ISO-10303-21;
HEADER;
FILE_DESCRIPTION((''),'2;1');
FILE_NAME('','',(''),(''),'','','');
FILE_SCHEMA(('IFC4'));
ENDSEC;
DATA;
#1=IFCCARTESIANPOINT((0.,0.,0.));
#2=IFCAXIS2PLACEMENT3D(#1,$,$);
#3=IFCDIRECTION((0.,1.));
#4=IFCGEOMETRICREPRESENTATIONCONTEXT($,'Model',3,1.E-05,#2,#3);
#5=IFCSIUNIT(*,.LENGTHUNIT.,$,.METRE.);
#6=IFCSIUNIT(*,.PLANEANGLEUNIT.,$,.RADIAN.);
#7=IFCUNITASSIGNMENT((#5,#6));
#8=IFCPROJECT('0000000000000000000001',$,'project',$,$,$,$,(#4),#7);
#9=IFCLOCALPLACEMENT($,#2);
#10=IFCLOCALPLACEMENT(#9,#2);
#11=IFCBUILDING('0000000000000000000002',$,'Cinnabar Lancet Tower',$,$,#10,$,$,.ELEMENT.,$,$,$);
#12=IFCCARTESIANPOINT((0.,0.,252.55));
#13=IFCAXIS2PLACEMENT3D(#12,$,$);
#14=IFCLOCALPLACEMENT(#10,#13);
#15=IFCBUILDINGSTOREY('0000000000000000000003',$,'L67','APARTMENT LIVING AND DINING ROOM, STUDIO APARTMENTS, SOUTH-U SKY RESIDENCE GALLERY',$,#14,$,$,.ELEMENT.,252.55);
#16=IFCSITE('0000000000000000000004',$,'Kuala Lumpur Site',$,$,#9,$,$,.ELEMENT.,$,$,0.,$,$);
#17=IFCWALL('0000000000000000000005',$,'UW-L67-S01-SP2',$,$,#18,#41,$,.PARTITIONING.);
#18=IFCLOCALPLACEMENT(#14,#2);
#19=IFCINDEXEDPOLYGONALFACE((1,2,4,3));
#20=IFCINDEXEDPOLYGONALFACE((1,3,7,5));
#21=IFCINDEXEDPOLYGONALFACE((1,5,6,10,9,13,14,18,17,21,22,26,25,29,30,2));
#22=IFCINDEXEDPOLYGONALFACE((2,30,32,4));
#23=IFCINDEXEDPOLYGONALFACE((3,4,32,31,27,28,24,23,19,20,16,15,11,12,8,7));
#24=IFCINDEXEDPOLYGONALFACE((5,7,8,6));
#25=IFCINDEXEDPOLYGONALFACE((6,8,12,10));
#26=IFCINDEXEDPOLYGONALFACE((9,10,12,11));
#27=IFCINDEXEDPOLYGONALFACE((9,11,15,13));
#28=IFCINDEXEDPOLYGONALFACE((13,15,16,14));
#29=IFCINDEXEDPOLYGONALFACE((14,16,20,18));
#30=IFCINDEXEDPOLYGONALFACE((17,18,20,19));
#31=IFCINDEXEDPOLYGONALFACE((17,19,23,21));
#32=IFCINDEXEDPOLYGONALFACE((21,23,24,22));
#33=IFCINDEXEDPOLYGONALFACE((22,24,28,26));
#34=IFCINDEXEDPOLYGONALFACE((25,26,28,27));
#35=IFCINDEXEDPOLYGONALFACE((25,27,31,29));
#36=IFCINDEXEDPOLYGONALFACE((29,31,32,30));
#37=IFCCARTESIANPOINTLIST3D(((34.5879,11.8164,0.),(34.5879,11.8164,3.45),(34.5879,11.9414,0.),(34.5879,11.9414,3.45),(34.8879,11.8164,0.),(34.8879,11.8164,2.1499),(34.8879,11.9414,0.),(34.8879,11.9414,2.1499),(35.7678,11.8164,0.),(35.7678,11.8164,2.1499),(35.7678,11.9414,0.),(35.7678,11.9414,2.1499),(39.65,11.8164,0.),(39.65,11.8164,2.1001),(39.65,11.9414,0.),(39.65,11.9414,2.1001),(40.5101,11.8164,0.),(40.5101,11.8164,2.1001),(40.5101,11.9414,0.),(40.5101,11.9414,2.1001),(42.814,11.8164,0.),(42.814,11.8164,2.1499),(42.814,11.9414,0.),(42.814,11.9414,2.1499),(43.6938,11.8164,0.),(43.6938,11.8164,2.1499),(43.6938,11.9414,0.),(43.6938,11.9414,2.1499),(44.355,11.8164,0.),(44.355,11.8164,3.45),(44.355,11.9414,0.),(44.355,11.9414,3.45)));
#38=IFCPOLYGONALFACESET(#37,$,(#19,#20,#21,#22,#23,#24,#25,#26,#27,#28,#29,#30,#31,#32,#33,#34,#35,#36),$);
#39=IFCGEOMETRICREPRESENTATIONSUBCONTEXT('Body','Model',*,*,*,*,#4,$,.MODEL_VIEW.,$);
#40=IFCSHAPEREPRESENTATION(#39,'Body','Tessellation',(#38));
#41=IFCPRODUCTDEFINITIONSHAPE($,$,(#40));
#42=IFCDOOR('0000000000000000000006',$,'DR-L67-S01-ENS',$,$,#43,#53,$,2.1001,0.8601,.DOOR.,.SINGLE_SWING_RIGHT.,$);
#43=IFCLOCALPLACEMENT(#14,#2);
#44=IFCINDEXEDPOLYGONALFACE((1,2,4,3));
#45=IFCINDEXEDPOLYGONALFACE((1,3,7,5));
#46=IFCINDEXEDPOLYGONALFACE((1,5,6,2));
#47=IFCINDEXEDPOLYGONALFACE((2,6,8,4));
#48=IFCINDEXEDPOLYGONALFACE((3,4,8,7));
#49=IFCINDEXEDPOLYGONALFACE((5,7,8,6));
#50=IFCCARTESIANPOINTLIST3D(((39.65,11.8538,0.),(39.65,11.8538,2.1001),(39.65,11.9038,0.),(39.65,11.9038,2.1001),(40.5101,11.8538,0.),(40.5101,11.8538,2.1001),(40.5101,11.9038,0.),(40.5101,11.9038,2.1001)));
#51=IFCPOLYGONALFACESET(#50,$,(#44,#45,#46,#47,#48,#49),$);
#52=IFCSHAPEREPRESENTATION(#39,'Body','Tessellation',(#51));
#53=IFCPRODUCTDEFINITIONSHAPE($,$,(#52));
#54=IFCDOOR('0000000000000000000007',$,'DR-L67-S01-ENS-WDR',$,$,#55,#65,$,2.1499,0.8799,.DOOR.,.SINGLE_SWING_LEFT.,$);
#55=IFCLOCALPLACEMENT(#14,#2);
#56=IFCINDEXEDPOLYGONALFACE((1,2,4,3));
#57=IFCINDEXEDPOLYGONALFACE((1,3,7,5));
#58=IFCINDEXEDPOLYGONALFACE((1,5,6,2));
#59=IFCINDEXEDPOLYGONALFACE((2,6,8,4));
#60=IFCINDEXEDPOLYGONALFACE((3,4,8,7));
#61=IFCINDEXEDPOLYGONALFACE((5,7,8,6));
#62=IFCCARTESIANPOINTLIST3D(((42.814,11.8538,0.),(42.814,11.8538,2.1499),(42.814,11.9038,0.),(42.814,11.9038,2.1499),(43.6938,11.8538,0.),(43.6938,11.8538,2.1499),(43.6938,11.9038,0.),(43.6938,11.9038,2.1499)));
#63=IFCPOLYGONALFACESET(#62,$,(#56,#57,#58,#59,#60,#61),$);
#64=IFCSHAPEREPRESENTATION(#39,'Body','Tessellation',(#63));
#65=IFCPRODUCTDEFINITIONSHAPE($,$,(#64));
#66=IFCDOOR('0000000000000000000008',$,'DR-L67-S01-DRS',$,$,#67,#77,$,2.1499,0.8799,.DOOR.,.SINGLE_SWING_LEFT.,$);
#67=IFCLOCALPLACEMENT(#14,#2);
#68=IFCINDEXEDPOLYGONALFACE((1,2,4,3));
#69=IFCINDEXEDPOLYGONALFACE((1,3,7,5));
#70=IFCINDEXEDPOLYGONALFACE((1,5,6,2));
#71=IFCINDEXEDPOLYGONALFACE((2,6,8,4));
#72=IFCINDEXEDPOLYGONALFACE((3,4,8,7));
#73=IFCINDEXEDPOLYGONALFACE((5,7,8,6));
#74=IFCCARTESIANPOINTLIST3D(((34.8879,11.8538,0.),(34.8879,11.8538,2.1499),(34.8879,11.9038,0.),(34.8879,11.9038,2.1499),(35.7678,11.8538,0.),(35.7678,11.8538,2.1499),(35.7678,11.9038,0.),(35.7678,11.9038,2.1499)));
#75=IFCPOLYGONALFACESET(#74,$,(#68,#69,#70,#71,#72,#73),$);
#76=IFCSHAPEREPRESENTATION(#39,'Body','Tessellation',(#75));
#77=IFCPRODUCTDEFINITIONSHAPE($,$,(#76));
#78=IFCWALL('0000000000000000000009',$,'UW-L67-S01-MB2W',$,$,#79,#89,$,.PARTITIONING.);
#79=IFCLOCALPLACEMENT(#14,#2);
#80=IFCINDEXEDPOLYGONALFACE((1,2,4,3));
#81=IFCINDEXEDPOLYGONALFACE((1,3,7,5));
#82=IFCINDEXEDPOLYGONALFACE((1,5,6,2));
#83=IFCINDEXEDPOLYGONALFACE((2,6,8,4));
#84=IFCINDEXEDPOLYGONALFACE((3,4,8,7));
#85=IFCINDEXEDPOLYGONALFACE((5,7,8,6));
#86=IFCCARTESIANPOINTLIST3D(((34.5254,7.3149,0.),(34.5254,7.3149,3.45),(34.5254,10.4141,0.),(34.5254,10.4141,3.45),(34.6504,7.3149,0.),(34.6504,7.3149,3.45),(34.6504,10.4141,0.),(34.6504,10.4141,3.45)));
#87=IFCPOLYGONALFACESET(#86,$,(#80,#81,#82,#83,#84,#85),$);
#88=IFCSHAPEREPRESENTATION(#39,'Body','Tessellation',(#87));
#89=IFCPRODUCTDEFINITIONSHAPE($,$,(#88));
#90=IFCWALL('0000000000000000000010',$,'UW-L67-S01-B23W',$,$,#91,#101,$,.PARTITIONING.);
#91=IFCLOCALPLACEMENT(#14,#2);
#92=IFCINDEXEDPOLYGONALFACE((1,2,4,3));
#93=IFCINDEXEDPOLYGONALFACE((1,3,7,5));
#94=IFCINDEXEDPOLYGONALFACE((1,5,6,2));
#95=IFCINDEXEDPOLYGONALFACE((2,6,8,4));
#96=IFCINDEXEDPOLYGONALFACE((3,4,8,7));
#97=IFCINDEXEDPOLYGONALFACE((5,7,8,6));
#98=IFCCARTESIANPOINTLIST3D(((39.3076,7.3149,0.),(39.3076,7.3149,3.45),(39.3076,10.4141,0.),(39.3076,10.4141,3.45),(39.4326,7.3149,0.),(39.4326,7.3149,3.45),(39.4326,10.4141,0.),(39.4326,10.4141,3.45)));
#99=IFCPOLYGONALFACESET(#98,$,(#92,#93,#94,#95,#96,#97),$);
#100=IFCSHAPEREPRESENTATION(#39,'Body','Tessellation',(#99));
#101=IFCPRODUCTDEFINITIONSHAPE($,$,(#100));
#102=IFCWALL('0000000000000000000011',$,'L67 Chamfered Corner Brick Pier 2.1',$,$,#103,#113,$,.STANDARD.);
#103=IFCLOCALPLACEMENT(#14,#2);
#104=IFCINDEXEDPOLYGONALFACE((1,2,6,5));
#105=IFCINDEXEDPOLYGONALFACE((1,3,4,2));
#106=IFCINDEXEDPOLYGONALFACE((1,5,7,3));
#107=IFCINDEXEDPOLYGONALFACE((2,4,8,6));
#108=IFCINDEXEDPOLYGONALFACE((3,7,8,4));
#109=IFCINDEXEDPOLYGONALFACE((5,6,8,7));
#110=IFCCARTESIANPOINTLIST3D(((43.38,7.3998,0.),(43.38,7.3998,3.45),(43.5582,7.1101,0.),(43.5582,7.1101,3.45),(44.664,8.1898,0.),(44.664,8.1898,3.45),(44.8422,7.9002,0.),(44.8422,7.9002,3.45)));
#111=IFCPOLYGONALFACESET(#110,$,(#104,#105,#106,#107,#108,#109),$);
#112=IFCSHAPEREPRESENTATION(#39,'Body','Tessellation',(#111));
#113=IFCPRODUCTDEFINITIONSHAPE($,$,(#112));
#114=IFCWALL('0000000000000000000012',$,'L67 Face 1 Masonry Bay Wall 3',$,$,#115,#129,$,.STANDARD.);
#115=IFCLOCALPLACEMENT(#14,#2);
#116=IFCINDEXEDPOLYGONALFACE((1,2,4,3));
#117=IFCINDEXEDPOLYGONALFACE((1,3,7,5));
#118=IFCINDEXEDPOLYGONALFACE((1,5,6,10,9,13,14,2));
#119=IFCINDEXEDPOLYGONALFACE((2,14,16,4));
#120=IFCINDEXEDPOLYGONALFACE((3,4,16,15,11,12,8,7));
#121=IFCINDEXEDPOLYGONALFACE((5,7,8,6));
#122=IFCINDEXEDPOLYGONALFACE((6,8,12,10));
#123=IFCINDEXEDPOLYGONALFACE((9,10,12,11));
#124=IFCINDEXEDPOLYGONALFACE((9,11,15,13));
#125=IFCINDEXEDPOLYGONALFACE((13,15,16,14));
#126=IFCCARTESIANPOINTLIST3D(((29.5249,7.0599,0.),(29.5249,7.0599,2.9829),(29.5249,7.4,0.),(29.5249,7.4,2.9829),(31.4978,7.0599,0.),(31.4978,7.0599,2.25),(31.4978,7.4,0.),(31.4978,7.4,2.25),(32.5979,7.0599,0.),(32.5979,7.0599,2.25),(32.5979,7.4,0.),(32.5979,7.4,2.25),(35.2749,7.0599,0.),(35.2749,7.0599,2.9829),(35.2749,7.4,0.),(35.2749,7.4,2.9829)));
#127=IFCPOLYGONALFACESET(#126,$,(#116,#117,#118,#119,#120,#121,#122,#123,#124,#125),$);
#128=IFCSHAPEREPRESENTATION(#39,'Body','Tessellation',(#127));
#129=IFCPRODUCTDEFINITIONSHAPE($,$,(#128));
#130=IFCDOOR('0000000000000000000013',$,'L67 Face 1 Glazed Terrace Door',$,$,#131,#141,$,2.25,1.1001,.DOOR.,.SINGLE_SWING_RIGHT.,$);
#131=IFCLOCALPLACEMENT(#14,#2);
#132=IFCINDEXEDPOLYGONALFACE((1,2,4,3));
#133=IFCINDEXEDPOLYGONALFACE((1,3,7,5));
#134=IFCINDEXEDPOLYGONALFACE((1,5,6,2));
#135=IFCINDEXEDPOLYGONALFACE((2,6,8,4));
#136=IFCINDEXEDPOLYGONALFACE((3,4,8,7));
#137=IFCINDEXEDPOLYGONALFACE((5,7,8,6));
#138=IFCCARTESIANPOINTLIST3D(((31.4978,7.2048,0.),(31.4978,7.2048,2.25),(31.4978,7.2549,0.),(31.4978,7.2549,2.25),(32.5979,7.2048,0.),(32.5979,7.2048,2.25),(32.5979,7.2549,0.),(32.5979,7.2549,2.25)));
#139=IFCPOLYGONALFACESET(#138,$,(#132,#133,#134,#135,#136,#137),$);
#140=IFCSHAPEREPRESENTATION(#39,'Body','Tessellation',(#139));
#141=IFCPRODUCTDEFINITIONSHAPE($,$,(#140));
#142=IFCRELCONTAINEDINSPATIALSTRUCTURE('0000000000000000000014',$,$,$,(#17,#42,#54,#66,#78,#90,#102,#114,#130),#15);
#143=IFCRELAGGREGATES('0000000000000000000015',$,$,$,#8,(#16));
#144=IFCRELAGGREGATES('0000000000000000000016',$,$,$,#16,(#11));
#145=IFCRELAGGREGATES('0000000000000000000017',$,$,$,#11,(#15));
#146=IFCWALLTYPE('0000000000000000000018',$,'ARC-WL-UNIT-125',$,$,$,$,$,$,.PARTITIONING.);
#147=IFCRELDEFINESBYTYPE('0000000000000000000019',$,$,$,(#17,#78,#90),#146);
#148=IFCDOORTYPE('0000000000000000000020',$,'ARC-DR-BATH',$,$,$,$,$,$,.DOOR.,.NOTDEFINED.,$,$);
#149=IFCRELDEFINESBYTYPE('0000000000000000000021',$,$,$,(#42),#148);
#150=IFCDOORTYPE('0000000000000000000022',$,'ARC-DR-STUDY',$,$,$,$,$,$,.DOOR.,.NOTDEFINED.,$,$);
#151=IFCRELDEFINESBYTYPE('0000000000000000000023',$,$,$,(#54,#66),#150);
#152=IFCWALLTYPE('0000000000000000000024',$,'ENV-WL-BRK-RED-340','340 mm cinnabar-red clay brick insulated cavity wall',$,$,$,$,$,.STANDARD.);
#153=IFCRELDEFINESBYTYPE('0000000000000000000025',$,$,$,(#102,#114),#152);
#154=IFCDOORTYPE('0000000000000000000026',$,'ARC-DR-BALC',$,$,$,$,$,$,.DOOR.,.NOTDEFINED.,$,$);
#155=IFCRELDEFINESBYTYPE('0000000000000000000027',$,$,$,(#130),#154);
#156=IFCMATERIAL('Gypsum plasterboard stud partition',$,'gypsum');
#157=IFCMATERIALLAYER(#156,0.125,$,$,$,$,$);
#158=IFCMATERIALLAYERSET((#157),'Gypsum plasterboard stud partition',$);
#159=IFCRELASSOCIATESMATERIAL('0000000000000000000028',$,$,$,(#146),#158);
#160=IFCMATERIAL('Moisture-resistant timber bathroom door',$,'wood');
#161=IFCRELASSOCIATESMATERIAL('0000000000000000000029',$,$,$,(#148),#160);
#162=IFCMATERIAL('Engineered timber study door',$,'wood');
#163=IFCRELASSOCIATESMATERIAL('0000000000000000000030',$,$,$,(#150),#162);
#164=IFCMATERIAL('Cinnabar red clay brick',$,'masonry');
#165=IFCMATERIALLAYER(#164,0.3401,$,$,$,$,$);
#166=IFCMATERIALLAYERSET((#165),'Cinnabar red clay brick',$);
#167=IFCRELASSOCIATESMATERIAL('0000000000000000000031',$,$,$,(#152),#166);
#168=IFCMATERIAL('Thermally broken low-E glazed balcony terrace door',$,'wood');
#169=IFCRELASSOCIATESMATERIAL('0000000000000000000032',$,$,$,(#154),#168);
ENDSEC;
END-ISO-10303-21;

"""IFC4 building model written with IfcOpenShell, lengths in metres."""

from ifc_helpers import new_model, si_unit, direction, frame, frame_2d, origin, place, context, subcontext, project, spatial, rectangle, extrude, material, layer, layer_set, type_object, element, fill, save


model = new_model("IFC4")

# Units and contexts
model_context = context("Model", 3, precision=1e-05, world=origin(), true_north=direction((0.0, 1.0)))
body_context = subcontext(model_context, "Body", "Model", "MODEL_VIEW")
ifc_project = project(units=[si_unit("LENGTHUNIT", "METRE"), si_unit("PLANEANGLEUNIT", "RADIAN")], contexts=[model_context])

# Site, building, storey
site_placement = place(None, origin())
site = spatial("IfcSite", under=ifc_project, at=site_placement, Name="Kuala Lumpur Site", CompositionType="ELEMENT", RefElevation=0.0)
building_placement = place(site_placement, origin())
building = spatial("IfcBuilding", under=site, at=building_placement, Name="Cinnabar Lancet Tower", CompositionType="ELEMENT")
storey_placement = place(building_placement, frame((0.0, 0.0, 252.55)))
storey = spatial("IfcBuildingStorey", under=building, at=storey_placement, Name="L67", Description="APARTMENT LIVING AND DINING ROOM, STUDIO APARTMENTS, SOUTH-U SKY RESIDENCE GALLERY", CompositionType="ELEMENT", Elevation=252.55)

# Wall, openings, doors
ifc_material_1 = material(Name="Gypsum plasterboard stud partition", Category="gypsum")
ifc_layer_1 = layer(ifc_material_1, 0.125)
ifc_layer_set_1 = layer_set([ifc_layer_1], Name="Gypsum plasterboard stud partition")
wall_type_1 = type_object("IfcWallType", Name="ARC-WL-UNIT-125", PredefinedType="PARTITIONING", material=ifc_layer_set_1)
wall_1_placement = place(storey_placement, frame((34.5879, 11.8789, 0.0), z_axis=(0.0, 0.0, 1.0), x_axis=(1.0, 0.0, 0.0)))
wall_1 = element("IfcWall", 1, at=wall_1_placement, inside=storey, type_object=wall_type_1, Name="UW-L67-S01-SP2", PredefinedType="PARTITIONING", context=body_context, shape_type="SweptSolid", body=[
    extrude(rectangle(XDim=9.7671, YDim=0.125, at=frame_2d((4.8835, 0.0))), origin(), (0.0, 0.0, 1.0), 3.45),
])
opening_1_placement = place(wall_1_placement, frame((5.062, 0.0, 0.0)))
opening_1 = element("IfcOpeningElement", 2, at=opening_1_placement, cuts=wall_1, PredefinedType="OPENING", context=body_context, shape_type="SweptSolid", body=[
    extrude(rectangle(XDim=0.8601, YDim=2.1001, at=frame_2d((0.4302, 1.05))), frame((0.0, 0.0725, 0.0), z_axis=(0.0, -1.0, 0.0), x_axis=(1.0, 0.0, 0.0)), (0.0, 0.0, 1.0), 0.145),
])
opening_2_placement = place(wall_1_placement, frame((8.2261, 0.0, 0.0)))
opening_2 = element("IfcOpeningElement", 3, at=opening_2_placement, cuts=wall_1, PredefinedType="OPENING", context=body_context, shape_type="SweptSolid", body=[
    extrude(rectangle(XDim=0.8799, YDim=2.1499, at=frame_2d((0.4399, 1.075))), frame((0.0, 0.0725, 0.0), z_axis=(0.0, -1.0, 0.0), x_axis=(1.0, 0.0, 0.0)), (0.0, 0.0, 1.0), 0.145),
])
opening_3_placement = place(wall_1_placement, frame((0.3, 0.0, 0.0)))
opening_3 = element("IfcOpeningElement", 4, at=opening_3_placement, cuts=wall_1, PredefinedType="OPENING", context=body_context, shape_type="SweptSolid", body=[
    extrude(rectangle(XDim=0.8799, YDim=2.1499, at=frame_2d((0.4399, 1.075))), frame((0.0, 0.0725, 0.0), z_axis=(0.0, -1.0, 0.0), x_axis=(1.0, 0.0, 0.0)), (0.0, 0.0, 1.0), 0.145),
])
ifc_material_2 = material(Name="Moisture-resistant timber bathroom door", Category="wood")
door_type_1 = type_object("IfcDoorType", Name="ARC-DR-BATH", OperationType="NOTDEFINED", PredefinedType="DOOR", material=ifc_material_2)
door_1_placement = place(opening_1_placement, origin())
door_1 = element("IfcDoor", 5, at=door_1_placement, inside=storey, type_object=door_type_1, Name="DR-L67-S01-ENS", OperationType="SINGLE_SWING_RIGHT", OverallHeight=2.1001, OverallWidth=0.8601, PredefinedType="DOOR", context=body_context, shape_type="SweptSolid", body=[
    extrude(rectangle(XDim=0.8601, YDim=2.1001, at=frame_2d((0.4302, 1.05))), frame((0.0, 0.0249, 0.0), z_axis=(0.0, -1.0, 0.0), x_axis=(1.0, 0.0, 0.0)), (0.0, 0.0, 1.0), 0.05),
])
fill(opening_1, door_1)
ifc_material_3 = material(Name="Engineered timber study door", Category="wood")
door_type_2 = type_object("IfcDoorType", Name="ARC-DR-STUDY", OperationType="NOTDEFINED", PredefinedType="DOOR", material=ifc_material_3)
door_2_placement = place(opening_2_placement, origin())
door_2 = element("IfcDoor", 6, at=door_2_placement, inside=storey, type_object=door_type_2, Name="DR-L67-S01-ENS-WDR", OperationType="SINGLE_SWING_LEFT", OverallHeight=2.1499, OverallWidth=0.8799, PredefinedType="DOOR", context=body_context, shape_type="SweptSolid", body=[
    extrude(rectangle(XDim=0.8799, YDim=2.1499, at=frame_2d((0.4399, 1.075))), frame((0.0, 0.0249, 0.0), z_axis=(0.0, -1.0, 0.0), x_axis=(1.0, 0.0, 0.0)), (0.0, 0.0, 1.0), 0.05),
])
fill(opening_2, door_2)
door_3_placement = place(opening_3_placement, origin())
door_3 = element("IfcDoor", 7, at=door_3_placement, inside=storey, type_object=door_type_2, Name="DR-L67-S01-DRS", OperationType="SINGLE_SWING_LEFT", OverallHeight=2.1499, OverallWidth=0.8799, PredefinedType="DOOR", context=body_context, shape_type="SweptSolid", body=[
    extrude(rectangle(XDim=0.8799, YDim=2.1499, at=frame_2d((0.4399, 1.075))), frame((0.0, 0.0249, 0.0), z_axis=(0.0, -1.0, 0.0), x_axis=(1.0, 0.0, 0.0)), (0.0, 0.0, 1.0), 0.05),
])
fill(opening_3, door_3)

# Walls
for number, where, z_axis, x_axis, name in (
    (8, (34.5879, 7.3149, 0.0), (0.0, 0.0, 1.0), (0.0, 1.0, 0.0), "UW-L67-S01-MB2W"),
    (9, (39.3701, 7.3149, 0.0), (0.0, 0.0, 1.0), (0.0, 1.0, 0.0), "UW-L67-S01-B23W"),
):
    element("IfcWall", number, at=place(storey_placement, frame(where, z_axis=z_axis, x_axis=x_axis)), inside=storey, type_object=wall_type_1, Name=name, PredefinedType="PARTITIONING", context=body_context, shape_type="SweptSolid", body=[
        extrude(rectangle(XDim=3.0991, YDim=0.125, at=frame_2d((1.5496, 0.0))), origin(), (0.0, 0.0, 1.0), 3.45),
    ])
ifc_material_4 = material(Name="Cinnabar red clay brick", Category="masonry")
ifc_layer_2 = layer(ifc_material_4, 0.3401)
ifc_layer_set_2 = layer_set([ifc_layer_2], Name="Cinnabar red clay brick")
wall_type_2 = type_object("IfcWallType", Name="ENV-WL-BRK-RED-340", Description="340 mm cinnabar-red clay brick insulated cavity wall", PredefinedType="STANDARD", material=ifc_layer_set_2)
wall_2_placement = place(storey_placement, frame((43.469, 7.2549, 0.0), z_axis=(0.0, 0.0, 1.0), x_axis=(0.851681, 0.524061, 0.0)))
element("IfcWall", 10, at=wall_2_placement, inside=storey, type_object=wall_type_2, Name="L67 Chamfered Corner Brick Pier 2.1", PredefinedType="STANDARD", context=body_context, shape_type="SweptSolid", body=[
    extrude(rectangle(XDim=1.5076, YDim=0.3401, at=frame_2d((0.7539, 0.0))), origin(), (0.0, 0.0, 1.0), 3.45),
])

# Wall, opening, door
wall_3_placement = place(storey_placement, frame((29.5249, 7.23, 0.0), z_axis=(0.0, 0.0, 1.0), x_axis=(1.0, 0.0, 0.0)))
wall_3 = element("IfcWall", 11, at=wall_3_placement, inside=storey, type_object=wall_type_2, Name="L67 Face 1 Masonry Bay Wall 3", PredefinedType="STANDARD", context=body_context, shape_type="SweptSolid", body=[
    extrude(rectangle(XDim=5.75, YDim=0.3401, at=frame_2d((2.875, 0.0))), origin(), (0.0, 0.0, 1.0), 2.9829),
])
opening_4_placement = place(wall_3_placement, frame((1.9729, 0.0, 0.0)))
opening_4 = element("IfcOpeningElement", 12, at=opening_4_placement, cuts=wall_3, PredefinedType="OPENING", context=body_context, shape_type="SweptSolid", body=[
    extrude(rectangle(XDim=1.1001, YDim=2.25, at=frame_2d((0.55, 1.125))), frame((0.0, 0.1799, 0.0), z_axis=(0.0, -1.0, 0.0), x_axis=(1.0, 0.0, 0.0)), (0.0, 0.0, 1.0), 0.3601),
])
ifc_material_5 = material(Name="Thermally broken low-E glazed balcony terrace door", Category="wood")
door_type_3 = type_object("IfcDoorType", Name="ARC-DR-BALC", OperationType="NOTDEFINED", PredefinedType="DOOR", material=ifc_material_5)
door_4_placement = place(opening_4_placement, origin())
door_4 = element("IfcDoor", 13, at=door_4_placement, inside=storey, type_object=door_type_3, Name="L67 Face 1 Glazed Terrace Door", OperationType="SINGLE_SWING_RIGHT", OverallHeight=2.25, OverallWidth=1.1001, PredefinedType="DOOR", context=body_context, shape_type="SweptSolid", body=[
    extrude(rectangle(XDim=1.1001, YDim=2.25, at=frame_2d((0.55, 1.125))), frame((0.0, 0.0249, 0.0), z_axis=(0.0, -1.0, 0.0), x_axis=(1.0, 0.0, 0.0)), (0.0, 0.0, 1.0), 0.05),
])
fill(opening_4, door_4)

save(model, "model.ifc")
